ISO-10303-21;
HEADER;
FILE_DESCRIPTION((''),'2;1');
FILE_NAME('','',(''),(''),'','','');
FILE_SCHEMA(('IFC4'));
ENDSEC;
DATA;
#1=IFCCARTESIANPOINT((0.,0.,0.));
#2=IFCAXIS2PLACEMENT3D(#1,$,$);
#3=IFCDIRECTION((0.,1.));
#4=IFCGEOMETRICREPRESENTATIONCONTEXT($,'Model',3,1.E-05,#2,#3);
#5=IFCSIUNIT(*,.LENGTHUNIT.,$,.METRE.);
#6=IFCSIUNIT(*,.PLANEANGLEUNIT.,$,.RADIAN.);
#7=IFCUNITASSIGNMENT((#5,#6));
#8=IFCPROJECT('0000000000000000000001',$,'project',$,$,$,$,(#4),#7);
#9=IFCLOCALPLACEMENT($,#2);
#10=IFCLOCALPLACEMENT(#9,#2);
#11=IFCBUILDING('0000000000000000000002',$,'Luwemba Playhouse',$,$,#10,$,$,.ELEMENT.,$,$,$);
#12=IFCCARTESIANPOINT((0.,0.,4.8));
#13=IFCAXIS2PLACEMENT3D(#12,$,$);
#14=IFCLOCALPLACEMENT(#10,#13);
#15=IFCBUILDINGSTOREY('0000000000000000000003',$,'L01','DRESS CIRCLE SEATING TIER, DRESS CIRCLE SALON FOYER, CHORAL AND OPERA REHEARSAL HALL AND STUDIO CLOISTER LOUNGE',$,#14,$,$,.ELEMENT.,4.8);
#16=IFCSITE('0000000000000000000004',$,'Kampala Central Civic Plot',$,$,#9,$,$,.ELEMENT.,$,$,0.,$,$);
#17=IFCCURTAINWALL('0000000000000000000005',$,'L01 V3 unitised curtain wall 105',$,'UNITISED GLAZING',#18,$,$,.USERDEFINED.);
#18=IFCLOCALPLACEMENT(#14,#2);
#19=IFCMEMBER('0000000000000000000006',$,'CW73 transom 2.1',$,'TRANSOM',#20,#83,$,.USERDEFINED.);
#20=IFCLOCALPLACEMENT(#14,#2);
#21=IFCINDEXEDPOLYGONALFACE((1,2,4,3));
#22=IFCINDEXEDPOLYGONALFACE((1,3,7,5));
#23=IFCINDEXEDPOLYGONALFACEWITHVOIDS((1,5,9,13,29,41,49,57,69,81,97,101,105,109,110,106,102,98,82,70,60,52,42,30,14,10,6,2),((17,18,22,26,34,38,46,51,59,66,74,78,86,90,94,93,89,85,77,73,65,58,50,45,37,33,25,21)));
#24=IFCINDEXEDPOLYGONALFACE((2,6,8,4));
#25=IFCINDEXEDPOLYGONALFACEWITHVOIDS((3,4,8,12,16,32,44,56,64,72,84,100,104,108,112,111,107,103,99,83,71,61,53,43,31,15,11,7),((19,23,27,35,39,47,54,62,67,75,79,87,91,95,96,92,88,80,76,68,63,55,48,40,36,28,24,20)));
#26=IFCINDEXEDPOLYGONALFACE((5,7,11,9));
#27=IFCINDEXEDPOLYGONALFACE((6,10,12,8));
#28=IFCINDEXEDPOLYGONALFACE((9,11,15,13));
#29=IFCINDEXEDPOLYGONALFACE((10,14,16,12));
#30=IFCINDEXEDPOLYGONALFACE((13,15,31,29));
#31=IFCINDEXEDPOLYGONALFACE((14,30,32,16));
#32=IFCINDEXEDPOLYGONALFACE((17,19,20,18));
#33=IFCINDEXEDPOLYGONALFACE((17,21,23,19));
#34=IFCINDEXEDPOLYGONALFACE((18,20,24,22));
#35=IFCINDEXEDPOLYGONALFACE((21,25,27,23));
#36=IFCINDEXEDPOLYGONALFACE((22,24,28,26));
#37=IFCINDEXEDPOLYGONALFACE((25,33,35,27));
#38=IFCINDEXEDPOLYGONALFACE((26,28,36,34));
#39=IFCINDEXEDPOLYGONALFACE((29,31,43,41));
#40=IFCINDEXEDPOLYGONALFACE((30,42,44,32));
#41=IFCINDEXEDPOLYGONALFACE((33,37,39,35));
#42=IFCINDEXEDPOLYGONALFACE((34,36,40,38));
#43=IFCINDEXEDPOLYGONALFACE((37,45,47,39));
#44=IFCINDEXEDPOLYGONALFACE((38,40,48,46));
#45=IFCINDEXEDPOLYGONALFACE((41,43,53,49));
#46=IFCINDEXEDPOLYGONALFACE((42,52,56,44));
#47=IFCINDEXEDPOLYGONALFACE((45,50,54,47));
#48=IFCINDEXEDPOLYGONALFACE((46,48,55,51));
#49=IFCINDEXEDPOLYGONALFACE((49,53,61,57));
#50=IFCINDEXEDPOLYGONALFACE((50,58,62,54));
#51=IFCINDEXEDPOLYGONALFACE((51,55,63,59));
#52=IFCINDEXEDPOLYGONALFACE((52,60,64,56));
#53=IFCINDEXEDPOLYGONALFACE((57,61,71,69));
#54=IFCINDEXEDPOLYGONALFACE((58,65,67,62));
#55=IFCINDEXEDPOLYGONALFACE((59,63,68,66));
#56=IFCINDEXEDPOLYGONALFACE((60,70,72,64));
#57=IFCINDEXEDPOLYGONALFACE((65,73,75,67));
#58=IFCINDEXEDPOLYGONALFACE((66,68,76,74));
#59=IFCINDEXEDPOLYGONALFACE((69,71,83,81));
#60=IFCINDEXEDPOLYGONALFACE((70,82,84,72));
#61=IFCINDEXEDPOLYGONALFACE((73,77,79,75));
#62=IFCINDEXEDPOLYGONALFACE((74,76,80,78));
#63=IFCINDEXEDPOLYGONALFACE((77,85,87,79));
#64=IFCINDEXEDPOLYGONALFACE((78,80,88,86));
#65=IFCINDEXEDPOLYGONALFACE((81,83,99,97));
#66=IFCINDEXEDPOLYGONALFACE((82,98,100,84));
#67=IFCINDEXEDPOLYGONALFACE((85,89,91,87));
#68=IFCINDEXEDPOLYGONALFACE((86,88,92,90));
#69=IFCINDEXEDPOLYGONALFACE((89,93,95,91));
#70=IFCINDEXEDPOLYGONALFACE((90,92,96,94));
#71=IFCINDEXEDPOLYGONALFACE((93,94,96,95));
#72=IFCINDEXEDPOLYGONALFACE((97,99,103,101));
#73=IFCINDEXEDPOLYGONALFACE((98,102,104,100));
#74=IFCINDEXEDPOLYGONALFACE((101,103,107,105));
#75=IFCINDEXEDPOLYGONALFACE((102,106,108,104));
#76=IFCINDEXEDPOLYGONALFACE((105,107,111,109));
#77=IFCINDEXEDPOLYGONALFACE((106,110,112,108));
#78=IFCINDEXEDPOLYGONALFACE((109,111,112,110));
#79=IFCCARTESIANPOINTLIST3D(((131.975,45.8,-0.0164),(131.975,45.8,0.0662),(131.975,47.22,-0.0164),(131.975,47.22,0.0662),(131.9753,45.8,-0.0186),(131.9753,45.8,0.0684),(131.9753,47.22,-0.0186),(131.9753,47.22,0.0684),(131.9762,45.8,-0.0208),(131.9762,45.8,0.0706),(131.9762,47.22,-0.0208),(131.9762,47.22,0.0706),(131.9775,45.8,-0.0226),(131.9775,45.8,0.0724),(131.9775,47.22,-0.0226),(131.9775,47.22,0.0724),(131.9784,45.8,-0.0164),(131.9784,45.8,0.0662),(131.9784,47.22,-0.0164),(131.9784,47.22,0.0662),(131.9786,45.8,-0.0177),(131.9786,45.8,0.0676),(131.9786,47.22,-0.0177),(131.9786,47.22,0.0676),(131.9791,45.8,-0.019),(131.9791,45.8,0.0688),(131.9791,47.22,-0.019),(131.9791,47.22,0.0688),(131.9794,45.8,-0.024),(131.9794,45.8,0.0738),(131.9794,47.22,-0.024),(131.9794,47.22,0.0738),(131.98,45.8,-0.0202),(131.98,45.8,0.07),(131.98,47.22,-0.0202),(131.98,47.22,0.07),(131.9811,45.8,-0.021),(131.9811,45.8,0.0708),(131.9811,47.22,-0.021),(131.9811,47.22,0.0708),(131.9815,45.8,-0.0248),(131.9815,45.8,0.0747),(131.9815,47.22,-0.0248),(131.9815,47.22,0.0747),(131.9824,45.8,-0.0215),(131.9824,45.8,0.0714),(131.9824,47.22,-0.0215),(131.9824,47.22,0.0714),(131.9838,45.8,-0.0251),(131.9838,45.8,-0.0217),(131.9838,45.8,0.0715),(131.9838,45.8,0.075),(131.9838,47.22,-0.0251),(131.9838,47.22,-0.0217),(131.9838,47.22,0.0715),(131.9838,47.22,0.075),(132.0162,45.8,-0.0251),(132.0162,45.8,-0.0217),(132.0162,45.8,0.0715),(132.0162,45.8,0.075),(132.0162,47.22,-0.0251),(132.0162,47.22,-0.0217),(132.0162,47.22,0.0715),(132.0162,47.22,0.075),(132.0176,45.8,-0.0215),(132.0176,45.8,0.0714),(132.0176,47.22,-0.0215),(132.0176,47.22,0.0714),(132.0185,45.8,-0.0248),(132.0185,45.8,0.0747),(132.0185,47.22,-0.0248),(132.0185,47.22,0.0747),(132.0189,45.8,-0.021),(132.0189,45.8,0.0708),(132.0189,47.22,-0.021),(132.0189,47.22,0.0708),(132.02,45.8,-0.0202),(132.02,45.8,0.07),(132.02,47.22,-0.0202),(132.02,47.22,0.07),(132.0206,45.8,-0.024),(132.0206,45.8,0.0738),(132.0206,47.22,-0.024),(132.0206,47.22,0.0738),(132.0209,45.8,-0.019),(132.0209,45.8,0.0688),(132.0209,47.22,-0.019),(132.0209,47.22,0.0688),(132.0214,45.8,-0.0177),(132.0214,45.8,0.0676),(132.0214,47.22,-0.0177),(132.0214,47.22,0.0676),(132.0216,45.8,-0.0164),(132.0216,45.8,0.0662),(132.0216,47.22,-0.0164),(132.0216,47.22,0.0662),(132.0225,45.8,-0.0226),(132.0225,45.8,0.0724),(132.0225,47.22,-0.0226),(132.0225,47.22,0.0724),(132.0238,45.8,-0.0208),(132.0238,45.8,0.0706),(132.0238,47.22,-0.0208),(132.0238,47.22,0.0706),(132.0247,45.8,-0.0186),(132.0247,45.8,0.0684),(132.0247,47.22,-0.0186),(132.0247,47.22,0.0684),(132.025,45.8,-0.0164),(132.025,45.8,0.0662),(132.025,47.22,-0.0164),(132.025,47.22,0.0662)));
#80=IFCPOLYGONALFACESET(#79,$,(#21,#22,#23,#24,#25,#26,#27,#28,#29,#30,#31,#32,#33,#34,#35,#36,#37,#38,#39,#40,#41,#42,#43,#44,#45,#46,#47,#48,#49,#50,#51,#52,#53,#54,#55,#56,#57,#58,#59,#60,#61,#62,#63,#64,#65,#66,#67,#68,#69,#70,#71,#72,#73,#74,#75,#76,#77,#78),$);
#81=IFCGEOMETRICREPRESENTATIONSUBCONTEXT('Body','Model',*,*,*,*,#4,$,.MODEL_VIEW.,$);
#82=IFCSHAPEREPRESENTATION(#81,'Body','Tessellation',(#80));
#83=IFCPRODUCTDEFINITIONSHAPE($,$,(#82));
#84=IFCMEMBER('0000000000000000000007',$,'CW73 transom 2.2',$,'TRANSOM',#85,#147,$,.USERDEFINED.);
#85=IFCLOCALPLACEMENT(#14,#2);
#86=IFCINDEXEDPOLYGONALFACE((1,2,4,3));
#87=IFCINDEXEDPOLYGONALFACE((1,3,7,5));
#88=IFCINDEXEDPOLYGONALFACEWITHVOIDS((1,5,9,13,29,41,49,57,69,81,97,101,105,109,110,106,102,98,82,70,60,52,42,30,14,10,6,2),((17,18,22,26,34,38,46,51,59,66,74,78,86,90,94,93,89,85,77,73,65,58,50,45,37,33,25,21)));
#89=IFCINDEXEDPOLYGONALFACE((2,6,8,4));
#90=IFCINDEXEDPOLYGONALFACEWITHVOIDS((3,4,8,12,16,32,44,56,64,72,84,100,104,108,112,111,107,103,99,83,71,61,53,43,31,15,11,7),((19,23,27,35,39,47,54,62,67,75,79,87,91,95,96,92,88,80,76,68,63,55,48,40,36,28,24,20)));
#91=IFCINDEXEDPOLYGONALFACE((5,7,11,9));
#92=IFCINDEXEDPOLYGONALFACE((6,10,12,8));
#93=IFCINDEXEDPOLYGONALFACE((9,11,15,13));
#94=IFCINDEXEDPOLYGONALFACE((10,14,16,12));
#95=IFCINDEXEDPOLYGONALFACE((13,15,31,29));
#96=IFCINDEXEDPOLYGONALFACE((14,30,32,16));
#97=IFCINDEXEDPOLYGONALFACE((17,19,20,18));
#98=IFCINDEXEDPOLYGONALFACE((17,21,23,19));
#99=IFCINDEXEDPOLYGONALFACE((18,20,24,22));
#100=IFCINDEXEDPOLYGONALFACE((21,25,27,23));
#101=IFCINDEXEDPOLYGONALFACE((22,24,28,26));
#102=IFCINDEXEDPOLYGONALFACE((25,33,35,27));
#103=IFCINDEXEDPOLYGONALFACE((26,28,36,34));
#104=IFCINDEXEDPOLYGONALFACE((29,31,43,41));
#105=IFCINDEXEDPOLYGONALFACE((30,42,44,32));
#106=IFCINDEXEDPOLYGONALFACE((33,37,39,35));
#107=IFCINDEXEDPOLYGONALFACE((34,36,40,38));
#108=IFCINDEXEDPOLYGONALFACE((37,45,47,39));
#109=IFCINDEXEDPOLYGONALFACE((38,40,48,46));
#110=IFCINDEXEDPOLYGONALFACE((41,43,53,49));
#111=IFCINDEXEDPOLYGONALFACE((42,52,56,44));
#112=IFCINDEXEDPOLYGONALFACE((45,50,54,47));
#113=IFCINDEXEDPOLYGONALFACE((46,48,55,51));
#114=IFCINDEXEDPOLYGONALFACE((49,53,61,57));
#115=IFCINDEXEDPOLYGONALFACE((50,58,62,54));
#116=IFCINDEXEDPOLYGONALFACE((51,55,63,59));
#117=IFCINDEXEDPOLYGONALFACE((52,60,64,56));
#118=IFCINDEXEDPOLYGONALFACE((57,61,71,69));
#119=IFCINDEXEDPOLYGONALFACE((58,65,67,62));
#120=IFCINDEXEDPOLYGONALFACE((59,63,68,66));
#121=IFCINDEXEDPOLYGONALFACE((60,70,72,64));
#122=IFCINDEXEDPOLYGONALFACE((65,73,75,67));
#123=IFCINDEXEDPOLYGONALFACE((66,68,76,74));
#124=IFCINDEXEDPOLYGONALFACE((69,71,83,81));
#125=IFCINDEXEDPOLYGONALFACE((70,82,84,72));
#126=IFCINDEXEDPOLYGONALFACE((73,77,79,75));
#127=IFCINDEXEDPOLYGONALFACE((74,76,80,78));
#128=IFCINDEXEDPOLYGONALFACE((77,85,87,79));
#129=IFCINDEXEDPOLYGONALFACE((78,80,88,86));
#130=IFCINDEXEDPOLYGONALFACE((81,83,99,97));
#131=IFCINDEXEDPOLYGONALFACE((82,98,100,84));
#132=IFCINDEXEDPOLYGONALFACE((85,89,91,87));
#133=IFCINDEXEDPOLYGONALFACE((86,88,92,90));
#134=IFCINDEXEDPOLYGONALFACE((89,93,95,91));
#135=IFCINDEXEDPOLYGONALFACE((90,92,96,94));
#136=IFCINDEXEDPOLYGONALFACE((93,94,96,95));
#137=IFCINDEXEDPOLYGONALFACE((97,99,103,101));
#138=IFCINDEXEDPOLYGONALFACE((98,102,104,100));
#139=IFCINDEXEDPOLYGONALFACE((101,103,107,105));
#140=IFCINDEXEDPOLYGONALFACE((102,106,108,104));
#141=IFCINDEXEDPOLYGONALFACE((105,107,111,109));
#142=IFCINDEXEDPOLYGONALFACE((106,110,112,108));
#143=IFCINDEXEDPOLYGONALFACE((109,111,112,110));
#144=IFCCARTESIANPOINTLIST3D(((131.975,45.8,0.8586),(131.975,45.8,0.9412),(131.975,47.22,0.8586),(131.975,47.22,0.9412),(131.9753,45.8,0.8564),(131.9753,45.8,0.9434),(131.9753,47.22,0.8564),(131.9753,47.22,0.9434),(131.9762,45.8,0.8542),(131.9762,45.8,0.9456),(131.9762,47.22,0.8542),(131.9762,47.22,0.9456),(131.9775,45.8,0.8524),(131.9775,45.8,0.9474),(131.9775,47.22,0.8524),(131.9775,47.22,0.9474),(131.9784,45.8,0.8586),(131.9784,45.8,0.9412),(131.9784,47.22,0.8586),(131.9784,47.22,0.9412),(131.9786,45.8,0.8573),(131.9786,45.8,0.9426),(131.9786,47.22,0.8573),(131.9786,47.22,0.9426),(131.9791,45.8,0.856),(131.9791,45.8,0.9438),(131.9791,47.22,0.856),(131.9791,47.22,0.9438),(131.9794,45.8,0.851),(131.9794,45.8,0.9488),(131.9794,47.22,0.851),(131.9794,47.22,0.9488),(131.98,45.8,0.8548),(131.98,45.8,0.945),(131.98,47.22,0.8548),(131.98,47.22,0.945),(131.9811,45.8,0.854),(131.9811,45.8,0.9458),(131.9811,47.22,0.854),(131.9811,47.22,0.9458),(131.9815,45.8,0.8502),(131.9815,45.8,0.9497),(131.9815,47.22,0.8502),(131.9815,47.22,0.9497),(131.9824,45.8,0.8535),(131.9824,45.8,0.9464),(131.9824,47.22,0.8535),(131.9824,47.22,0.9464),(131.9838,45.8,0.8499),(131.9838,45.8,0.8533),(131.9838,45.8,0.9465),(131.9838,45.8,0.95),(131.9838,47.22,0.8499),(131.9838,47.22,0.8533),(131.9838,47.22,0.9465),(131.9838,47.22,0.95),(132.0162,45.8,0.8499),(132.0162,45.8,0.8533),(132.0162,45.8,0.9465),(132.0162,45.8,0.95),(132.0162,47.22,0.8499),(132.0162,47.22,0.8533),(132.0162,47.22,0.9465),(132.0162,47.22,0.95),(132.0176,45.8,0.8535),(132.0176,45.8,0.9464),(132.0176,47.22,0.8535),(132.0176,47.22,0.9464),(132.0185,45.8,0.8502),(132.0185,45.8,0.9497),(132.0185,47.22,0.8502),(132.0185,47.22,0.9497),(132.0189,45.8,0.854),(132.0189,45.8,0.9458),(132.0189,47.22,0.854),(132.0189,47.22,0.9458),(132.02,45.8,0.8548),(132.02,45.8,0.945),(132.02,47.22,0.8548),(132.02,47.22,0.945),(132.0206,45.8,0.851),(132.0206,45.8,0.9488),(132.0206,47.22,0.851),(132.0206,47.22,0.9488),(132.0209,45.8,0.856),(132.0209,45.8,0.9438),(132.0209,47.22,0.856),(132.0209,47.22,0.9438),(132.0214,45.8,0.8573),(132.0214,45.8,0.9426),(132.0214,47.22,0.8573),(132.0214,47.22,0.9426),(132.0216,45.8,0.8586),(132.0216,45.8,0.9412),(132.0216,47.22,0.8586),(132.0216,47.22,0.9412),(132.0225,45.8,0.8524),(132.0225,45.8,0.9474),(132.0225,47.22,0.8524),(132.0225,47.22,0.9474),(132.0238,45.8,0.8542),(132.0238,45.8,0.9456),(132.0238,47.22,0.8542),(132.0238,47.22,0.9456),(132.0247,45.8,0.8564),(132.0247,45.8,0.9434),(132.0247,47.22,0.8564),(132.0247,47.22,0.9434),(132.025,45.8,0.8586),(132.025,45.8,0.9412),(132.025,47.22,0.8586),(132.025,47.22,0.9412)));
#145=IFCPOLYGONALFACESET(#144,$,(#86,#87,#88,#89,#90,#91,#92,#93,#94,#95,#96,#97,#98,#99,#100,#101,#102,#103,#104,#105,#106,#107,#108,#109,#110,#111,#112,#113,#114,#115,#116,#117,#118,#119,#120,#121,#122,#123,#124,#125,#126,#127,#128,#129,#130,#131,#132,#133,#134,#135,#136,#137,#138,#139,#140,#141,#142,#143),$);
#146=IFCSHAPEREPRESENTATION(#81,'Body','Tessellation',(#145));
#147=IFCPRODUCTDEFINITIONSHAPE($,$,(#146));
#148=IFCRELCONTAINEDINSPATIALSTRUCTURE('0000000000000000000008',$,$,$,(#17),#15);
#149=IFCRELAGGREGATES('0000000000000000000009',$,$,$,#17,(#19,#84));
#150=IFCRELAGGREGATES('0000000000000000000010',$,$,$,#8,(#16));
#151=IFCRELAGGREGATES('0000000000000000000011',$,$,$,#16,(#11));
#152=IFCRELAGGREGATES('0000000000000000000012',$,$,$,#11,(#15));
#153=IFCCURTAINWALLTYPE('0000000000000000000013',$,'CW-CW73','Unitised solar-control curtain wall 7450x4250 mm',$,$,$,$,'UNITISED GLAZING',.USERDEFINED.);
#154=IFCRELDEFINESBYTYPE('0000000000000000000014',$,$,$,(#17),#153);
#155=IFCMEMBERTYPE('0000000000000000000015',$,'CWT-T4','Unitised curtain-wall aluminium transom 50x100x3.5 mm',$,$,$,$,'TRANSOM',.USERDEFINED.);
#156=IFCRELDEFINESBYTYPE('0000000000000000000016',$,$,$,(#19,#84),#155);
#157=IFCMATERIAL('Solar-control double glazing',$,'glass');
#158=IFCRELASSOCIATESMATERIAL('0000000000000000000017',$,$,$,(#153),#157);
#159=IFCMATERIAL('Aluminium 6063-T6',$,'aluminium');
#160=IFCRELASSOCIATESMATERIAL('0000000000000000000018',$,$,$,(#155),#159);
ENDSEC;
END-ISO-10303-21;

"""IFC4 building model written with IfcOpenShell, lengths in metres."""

from ifc_helpers import new_model, si_unit, direction, frame, origin, origin_2d, place, context, subcontext, project, spatial, hollow_rectangle, extrude, material, material_profile, profile_set, type_object, element, aggregate, save


model = new_model("IFC4")

# Units and contexts
model_context = context("Model", 3, precision=1e-05, world=origin(), true_north=direction((0.0, 1.0)))
body_context = subcontext(model_context, "Body", "Model", "MODEL_VIEW")
ifc_project = project(units=[si_unit("LENGTHUNIT", "METRE"), si_unit("PLANEANGLEUNIT", "RADIAN")], contexts=[model_context])

# Site, building, storey
site_placement = place(None, origin())
site = spatial("IfcSite", under=ifc_project, at=site_placement, Name="Kampala Central Civic Plot", CompositionType="ELEMENT", RefElevation=0.0)
building_placement = place(site_placement, origin())
building = spatial("IfcBuilding", under=site, at=building_placement, Name="Luwemba Playhouse", CompositionType="ELEMENT")
storey_placement = place(building_placement, frame((0.0, 0.0, 4.8)))
storey = spatial("IfcBuildingStorey", under=building, at=storey_placement, Name="L01", Description="DRESS CIRCLE SEATING TIER, DRESS CIRCLE SALON FOYER, CHORAL AND OPERA REHEARSAL HALL AND STUDIO CLOISTER LOUNGE", CompositionType="ELEMENT", Elevation=4.8)

# Curtain wall, members
ifc_material_1 = material(Name="Solar-control double glazing", Category="glass")
curtain_wall_type = type_object("IfcCurtainWallType", Name="CW-CW73", Description="Unitised solar-control curtain wall 7450x4250 mm", ElementType="UNITISED GLAZING", PredefinedType="USERDEFINED", material=ifc_material_1)
curtain_wall_placement = place(storey_placement, origin())
curtain_wall = element("IfcCurtainWall", 1, at=curtain_wall_placement, inside=storey, type_object=curtain_wall_type, Name="L01 V3 unitised curtain wall 105", ObjectType="UNITISED GLAZING", PredefinedType="USERDEFINED")
ifc_material_2 = material(Name="Aluminium 6063-T6", Category="aluminium")
ifc_material_profile_1 = material_profile(ifc_material_2, hollow_rectangle(XDim=0.05, YDim=0.1001, WallThickness=0.0034, InnerFilletRadius=0.0054, OuterFilletRadius=0.0088, at=origin_2d()))
ifc_profile_set_1 = profile_set([ifc_material_profile_1], Name="Aluminium 6063-T6")
member_type_1 = type_object("IfcMemberType", Name="CWT-T4", Description="Unitised curtain-wall aluminium transom 50x100x3.5 mm", ElementType="TRANSOM", PredefinedType="USERDEFINED", material=ifc_profile_set_1)
member_1_placement = place(storey_placement, frame((132.0, 45.8, 0.0249), z_axis=(0.0, 1.0, 0.0), x_axis=(-1.0, 0.0, 0.0)))
member_1 = element("IfcMember", 2, at=member_1_placement, type_object=member_type_1, Name="CW73 transom 2.1", ObjectType="TRANSOM", PredefinedType="USERDEFINED", context=body_context, shape_type="SweptSolid", body=[
    extrude(hollow_rectangle(XDim=0.05, YDim=0.1001, WallThickness=0.0034, InnerFilletRadius=0.0054, OuterFilletRadius=0.0088, at=origin_2d()), origin(), (0.0, 0.0, 1.0), 1.4199),
])
member_2_placement = place(storey_placement, frame((132.0, 45.8, 0.8999), z_axis=(0.0, 1.0, 0.0), x_axis=(-1.0, 0.0, 0.0)))
member_2 = element("IfcMember", 3, at=member_2_placement, type_object=member_type_1, Name="CW73 transom 2.2", ObjectType="TRANSOM", PredefinedType="USERDEFINED", context=body_context, shape_type="SweptSolid", body=[
    extrude(hollow_rectangle(XDim=0.05, YDim=0.1001, WallThickness=0.0034, InnerFilletRadius=0.0054, OuterFilletRadius=0.0088, at=origin_2d()), origin(), (0.0, 0.0, 1.0), 1.4199),
])
aggregate(curtain_wall, [member_1, member_2])

save(model, "model.ifc")
